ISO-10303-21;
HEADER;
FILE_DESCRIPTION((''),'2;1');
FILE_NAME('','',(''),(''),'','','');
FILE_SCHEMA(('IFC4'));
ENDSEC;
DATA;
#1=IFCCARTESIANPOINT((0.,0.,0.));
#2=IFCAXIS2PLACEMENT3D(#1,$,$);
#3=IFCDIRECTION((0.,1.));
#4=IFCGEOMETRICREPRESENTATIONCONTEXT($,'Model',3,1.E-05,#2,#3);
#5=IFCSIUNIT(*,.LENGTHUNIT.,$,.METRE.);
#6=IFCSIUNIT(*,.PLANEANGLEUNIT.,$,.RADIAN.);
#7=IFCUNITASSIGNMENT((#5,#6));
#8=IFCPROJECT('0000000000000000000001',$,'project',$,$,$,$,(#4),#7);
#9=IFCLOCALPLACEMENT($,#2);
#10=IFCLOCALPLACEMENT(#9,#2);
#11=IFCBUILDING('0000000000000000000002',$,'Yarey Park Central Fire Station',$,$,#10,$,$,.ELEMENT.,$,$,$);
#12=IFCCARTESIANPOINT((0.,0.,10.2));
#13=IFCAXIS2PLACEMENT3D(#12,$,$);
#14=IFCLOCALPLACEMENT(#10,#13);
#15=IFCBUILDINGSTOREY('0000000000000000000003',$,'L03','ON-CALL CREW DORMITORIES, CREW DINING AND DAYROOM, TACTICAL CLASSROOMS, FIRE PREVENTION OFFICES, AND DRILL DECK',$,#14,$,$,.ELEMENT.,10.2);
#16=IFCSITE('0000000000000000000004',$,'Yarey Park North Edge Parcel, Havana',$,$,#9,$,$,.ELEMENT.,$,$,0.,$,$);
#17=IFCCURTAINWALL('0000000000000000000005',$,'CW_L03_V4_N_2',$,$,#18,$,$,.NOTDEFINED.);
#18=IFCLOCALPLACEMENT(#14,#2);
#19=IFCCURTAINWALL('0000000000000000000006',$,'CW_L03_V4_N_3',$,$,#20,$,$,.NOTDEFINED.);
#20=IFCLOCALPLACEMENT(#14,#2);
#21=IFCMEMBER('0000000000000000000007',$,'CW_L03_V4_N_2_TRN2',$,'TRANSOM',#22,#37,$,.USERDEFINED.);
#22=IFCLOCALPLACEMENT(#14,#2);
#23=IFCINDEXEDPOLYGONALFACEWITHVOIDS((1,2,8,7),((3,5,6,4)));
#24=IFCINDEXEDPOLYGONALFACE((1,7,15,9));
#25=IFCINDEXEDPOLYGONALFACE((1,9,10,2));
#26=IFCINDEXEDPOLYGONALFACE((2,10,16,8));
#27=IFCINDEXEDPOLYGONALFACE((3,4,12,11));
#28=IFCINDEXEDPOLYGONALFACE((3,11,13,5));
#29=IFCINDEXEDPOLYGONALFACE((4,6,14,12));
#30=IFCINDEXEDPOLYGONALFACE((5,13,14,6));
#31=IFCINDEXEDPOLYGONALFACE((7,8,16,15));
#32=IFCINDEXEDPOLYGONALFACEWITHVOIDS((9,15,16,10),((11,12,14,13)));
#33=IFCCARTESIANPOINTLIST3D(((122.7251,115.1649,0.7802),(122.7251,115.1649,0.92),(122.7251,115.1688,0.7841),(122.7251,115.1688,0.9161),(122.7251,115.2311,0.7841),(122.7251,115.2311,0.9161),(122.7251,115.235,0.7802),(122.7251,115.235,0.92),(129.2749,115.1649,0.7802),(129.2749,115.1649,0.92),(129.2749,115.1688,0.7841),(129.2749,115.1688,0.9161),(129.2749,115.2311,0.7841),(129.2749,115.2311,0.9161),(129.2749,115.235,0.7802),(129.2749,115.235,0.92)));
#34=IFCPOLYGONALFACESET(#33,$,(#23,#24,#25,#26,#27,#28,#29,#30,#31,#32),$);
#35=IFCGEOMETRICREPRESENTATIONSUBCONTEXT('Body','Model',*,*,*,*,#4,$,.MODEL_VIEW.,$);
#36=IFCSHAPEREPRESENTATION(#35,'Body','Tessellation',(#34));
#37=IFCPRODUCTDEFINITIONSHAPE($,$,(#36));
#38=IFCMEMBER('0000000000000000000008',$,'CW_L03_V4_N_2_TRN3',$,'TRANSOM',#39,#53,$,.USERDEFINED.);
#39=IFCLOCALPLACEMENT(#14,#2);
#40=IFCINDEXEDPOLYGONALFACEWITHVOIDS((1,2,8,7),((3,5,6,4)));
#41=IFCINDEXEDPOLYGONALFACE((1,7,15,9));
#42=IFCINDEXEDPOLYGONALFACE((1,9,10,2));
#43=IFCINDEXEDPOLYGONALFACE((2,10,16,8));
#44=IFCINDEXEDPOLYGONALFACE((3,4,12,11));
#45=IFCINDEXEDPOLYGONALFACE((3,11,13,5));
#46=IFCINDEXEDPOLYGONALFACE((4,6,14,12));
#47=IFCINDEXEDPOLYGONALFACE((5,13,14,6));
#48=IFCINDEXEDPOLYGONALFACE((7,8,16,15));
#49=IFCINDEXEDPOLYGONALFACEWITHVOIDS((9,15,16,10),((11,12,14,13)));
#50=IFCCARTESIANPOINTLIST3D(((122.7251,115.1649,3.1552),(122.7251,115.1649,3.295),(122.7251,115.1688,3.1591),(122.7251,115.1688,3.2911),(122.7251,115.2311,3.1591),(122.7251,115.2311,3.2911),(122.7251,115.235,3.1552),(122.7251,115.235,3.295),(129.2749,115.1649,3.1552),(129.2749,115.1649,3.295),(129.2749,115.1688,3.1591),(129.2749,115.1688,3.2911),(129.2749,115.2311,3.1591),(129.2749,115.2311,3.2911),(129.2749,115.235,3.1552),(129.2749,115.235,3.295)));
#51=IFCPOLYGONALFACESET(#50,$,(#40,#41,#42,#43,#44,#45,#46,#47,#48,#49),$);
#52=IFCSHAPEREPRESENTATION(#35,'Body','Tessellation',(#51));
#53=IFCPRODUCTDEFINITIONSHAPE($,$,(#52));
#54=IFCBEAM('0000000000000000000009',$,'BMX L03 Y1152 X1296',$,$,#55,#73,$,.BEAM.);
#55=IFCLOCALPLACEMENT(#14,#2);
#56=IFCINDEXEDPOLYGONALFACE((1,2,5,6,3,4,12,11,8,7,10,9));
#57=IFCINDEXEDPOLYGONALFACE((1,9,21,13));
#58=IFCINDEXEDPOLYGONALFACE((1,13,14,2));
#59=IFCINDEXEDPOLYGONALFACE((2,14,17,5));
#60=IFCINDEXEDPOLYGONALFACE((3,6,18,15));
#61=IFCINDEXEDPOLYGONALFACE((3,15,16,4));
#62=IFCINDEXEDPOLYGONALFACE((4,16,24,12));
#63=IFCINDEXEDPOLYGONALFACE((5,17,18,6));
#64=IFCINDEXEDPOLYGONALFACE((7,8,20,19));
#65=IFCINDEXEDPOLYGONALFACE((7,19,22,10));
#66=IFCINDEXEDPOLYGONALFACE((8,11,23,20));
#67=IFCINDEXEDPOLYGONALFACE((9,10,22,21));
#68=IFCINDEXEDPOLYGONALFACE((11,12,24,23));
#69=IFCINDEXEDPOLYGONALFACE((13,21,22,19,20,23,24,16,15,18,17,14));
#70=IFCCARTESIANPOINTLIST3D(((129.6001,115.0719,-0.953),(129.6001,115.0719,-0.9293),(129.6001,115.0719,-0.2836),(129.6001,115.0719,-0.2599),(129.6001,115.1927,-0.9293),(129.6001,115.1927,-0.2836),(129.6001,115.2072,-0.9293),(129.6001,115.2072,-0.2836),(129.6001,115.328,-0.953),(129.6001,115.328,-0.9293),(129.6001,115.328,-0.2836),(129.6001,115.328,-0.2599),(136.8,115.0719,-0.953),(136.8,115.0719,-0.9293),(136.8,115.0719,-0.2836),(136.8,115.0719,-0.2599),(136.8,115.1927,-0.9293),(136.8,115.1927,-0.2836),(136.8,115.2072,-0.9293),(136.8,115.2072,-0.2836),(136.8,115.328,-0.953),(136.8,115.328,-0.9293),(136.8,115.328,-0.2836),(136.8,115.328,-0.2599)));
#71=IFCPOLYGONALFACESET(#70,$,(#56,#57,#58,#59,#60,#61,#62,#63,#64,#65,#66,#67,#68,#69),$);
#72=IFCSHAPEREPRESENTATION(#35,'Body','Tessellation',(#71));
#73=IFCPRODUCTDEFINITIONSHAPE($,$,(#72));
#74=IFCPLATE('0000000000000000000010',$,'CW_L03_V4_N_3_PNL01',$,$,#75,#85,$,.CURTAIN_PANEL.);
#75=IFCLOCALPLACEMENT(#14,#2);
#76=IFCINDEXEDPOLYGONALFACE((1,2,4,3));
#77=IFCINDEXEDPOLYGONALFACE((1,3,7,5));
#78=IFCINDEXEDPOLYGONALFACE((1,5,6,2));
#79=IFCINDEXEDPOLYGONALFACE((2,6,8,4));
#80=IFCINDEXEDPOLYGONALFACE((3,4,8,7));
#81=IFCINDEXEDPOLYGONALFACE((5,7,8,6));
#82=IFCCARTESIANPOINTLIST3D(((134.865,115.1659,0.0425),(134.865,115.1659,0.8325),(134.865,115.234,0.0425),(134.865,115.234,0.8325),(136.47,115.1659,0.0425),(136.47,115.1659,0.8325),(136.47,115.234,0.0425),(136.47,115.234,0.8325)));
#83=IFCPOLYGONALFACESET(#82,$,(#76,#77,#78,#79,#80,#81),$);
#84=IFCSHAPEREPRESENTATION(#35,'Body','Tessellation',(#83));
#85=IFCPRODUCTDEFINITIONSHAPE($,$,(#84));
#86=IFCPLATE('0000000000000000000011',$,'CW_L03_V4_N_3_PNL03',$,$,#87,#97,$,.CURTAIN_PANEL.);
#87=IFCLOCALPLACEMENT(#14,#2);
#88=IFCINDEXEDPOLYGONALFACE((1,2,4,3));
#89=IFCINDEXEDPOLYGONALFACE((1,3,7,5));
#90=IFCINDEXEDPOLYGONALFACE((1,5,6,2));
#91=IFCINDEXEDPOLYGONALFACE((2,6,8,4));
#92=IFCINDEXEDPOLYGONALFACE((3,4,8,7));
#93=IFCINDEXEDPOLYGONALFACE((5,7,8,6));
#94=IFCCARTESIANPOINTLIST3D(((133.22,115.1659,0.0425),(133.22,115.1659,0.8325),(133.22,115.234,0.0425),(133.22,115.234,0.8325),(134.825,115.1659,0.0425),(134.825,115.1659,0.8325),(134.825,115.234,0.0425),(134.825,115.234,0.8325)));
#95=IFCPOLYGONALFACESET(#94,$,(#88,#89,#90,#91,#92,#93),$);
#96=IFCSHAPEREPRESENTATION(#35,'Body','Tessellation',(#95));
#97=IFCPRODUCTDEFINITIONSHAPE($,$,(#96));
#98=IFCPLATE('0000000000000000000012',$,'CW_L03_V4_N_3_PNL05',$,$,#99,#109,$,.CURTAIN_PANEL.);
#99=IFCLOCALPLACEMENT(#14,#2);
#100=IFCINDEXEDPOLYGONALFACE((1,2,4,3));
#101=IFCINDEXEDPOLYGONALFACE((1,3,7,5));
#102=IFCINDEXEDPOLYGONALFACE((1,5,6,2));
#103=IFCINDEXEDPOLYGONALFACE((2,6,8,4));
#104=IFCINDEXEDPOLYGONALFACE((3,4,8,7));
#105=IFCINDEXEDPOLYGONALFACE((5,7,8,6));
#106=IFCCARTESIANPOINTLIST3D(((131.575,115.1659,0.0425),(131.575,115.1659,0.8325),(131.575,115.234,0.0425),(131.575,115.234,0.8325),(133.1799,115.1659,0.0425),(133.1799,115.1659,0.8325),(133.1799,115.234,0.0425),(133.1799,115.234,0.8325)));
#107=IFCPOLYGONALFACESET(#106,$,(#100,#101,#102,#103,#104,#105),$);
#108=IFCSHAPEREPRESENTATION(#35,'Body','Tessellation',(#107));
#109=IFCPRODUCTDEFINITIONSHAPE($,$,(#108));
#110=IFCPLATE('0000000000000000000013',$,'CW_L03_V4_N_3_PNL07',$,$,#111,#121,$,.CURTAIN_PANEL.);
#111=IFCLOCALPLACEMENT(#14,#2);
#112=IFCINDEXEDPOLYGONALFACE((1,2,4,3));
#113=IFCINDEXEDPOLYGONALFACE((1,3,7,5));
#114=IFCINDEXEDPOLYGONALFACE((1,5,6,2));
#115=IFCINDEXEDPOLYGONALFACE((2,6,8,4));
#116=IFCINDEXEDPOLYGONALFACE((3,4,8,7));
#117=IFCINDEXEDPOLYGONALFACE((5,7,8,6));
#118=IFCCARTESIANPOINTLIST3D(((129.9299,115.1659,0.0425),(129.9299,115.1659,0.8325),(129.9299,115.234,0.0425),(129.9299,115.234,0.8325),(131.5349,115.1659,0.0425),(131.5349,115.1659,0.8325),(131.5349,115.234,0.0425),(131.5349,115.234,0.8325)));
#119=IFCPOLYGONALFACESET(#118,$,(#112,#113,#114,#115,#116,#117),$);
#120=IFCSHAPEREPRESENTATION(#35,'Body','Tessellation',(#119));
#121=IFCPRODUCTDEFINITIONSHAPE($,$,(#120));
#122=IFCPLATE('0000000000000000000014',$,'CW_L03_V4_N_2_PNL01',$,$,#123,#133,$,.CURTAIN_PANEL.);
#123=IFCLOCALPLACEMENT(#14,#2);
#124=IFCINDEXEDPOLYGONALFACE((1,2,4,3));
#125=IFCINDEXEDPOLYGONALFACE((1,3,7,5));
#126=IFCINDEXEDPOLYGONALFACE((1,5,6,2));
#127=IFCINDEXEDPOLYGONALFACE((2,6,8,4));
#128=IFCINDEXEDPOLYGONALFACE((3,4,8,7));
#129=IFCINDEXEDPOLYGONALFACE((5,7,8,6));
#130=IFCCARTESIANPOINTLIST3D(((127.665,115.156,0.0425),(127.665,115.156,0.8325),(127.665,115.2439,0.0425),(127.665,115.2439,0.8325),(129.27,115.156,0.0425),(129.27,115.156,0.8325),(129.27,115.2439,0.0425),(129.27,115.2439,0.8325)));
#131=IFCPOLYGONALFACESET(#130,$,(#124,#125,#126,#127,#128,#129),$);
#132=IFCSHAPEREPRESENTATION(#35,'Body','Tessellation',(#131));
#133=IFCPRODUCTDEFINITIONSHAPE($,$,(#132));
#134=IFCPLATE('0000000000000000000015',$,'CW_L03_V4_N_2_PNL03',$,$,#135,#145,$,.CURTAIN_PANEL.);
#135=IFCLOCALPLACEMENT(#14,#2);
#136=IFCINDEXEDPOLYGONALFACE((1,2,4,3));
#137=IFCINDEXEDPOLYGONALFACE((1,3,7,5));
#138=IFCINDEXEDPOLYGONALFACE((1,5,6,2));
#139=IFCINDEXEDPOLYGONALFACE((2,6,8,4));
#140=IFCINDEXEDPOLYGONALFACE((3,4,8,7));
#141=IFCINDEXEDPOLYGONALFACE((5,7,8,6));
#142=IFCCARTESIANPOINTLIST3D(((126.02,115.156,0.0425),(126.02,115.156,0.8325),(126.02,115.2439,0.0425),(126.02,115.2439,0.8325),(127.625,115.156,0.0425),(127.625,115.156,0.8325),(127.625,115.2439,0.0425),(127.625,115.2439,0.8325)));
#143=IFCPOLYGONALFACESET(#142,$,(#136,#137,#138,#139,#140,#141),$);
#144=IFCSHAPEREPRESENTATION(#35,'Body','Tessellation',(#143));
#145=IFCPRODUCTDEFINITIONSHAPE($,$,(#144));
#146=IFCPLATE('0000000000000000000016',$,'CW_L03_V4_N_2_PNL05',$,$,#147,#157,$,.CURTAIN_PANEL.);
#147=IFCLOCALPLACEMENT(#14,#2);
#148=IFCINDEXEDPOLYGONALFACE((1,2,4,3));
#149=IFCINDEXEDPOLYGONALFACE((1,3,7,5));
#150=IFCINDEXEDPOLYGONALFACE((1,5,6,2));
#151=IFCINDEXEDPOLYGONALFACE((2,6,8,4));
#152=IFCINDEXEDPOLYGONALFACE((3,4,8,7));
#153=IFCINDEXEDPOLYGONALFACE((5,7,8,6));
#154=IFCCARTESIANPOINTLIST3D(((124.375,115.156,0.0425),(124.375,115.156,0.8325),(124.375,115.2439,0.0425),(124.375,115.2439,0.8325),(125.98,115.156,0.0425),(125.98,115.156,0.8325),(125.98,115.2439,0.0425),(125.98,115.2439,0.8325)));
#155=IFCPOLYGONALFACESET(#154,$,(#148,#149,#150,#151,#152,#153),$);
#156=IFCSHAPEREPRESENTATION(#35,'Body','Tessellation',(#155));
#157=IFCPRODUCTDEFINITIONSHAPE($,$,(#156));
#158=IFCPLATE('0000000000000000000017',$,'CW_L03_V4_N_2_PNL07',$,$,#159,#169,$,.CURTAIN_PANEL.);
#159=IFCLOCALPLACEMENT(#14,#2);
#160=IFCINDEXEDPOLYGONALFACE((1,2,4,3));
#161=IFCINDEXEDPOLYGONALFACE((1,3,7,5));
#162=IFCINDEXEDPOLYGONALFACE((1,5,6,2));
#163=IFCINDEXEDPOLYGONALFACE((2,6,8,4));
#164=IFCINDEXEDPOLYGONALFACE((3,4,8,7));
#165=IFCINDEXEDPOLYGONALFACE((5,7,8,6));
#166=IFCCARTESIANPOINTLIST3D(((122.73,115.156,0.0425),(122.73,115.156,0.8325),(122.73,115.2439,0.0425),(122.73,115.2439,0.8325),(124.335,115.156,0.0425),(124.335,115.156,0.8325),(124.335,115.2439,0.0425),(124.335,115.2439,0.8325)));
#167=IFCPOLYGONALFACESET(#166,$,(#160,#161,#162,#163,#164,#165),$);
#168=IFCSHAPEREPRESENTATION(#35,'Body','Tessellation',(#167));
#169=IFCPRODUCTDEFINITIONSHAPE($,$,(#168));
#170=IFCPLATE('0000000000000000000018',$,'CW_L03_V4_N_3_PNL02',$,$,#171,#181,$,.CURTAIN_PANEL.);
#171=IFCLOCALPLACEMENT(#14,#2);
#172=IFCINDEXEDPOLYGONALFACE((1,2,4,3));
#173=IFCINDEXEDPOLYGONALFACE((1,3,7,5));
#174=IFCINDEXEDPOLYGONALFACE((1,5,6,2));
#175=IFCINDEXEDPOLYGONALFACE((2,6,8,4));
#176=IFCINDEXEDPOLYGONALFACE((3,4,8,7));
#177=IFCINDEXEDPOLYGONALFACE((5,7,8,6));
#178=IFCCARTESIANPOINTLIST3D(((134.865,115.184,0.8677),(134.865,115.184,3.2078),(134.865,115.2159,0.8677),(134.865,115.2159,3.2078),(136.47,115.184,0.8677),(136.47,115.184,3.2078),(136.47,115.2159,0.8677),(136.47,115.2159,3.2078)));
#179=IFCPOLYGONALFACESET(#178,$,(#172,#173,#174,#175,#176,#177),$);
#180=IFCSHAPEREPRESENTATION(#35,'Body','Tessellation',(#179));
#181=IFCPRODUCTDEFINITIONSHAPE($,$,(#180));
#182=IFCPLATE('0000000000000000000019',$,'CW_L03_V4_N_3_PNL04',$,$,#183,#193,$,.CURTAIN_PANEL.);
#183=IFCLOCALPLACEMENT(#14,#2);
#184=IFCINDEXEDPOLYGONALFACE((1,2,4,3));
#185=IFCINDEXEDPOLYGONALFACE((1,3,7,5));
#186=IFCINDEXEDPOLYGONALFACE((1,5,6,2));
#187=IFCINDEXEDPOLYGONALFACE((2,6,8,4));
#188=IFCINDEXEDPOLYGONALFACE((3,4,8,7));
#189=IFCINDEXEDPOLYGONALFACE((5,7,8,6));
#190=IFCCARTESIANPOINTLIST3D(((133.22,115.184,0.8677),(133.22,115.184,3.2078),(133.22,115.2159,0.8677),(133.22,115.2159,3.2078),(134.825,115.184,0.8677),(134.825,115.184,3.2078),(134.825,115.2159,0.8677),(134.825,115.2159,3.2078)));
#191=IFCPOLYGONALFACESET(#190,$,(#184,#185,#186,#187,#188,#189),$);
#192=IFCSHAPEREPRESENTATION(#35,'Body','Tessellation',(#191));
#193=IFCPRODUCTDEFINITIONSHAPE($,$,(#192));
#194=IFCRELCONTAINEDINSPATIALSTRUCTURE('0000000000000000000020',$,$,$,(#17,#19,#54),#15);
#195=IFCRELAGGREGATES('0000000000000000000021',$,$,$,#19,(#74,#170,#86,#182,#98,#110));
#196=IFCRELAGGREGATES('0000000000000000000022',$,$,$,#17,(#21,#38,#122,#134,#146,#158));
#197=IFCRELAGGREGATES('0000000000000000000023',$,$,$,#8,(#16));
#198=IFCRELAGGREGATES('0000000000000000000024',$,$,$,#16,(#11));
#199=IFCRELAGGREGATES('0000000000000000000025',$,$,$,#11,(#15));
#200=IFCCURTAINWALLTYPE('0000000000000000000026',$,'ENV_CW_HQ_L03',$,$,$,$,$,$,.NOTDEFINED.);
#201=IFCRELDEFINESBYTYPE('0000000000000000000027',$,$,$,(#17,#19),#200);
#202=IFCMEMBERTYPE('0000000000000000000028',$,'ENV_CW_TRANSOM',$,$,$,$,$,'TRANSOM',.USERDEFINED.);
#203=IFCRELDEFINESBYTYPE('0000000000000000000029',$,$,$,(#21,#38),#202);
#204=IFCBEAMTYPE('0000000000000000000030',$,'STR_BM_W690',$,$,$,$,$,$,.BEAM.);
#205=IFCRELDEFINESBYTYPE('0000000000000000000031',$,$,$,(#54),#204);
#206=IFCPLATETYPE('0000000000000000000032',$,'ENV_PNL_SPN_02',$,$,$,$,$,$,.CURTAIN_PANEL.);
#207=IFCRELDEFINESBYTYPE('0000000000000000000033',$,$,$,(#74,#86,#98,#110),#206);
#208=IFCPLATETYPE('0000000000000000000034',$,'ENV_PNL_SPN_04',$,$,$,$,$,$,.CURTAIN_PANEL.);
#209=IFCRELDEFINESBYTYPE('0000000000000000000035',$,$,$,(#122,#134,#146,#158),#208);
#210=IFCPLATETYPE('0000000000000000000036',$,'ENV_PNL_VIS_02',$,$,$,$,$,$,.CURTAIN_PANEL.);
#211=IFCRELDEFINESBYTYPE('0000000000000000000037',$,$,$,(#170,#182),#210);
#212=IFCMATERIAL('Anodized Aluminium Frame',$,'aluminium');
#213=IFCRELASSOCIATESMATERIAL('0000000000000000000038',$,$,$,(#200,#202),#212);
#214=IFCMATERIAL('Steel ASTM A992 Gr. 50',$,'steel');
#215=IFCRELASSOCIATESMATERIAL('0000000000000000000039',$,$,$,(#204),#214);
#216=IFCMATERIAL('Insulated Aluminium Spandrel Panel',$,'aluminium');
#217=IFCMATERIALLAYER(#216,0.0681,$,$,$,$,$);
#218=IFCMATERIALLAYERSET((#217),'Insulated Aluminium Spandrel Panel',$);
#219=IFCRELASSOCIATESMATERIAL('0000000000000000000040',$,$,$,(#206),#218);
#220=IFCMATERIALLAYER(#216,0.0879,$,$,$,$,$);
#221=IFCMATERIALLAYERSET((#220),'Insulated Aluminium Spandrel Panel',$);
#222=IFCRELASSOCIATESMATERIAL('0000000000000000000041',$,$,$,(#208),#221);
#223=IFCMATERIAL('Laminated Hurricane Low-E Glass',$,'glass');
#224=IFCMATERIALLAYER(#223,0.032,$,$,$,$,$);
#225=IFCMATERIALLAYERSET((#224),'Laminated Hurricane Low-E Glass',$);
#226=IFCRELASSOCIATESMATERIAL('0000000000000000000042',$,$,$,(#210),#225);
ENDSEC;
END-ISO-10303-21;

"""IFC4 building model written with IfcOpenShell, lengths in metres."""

from ifc_helpers import new_model, si_unit, direction, frame, origin, origin_2d, place, context, subcontext, project, spatial, rectangle, hollow_rectangle, i_section, extrude, material, layer, layer_set, material_profile, profile_set, type_object, element, aggregate, save


model = new_model("IFC4")

# Units and contexts
model_context = context("Model", 3, precision=1e-05, world=origin(), true_north=direction((0.0, 1.0)))
body_context = subcontext(model_context, "Body", "Model", "MODEL_VIEW")
ifc_project = project(units=[si_unit("LENGTHUNIT", "METRE"), si_unit("PLANEANGLEUNIT", "RADIAN")], contexts=[model_context])

# Site, building, storey
site_placement = place(None, origin())
site = spatial("IfcSite", under=ifc_project, at=site_placement, Name="Yarey Park North Edge Parcel, Havana", CompositionType="ELEMENT", RefElevation=0.0)
building_placement = place(site_placement, origin())
building = spatial("IfcBuilding", under=site, at=building_placement, Name="Yarey Park Central Fire Station", CompositionType="ELEMENT")
storey_placement = place(building_placement, frame((0.0, 0.0, 10.2)))
storey = spatial("IfcBuildingStorey", under=building, at=storey_placement, Name="L03", Description="ON-CALL CREW DORMITORIES, CREW DINING AND DAYROOM, TACTICAL CLASSROOMS, FIRE PREVENTION OFFICES, AND DRILL DECK", CompositionType="ELEMENT", Elevation=10.2)

# Curtain walls
ifc_material_1 = material(Name="Anodized Aluminium Frame", Category="aluminium")
curtain_wall_type = type_object("IfcCurtainWallType", Name="ENV_CW_HQ_L03", PredefinedType="NOTDEFINED", material=ifc_material_1)
curtain_wall_1_placement = place(storey_placement, origin())
curtain_wall_1 = element("IfcCurtainWall", 1, at=curtain_wall_1_placement, inside=storey, type_object=curtain_wall_type, Name="CW_L03_V4_N_2", PredefinedType="NOTDEFINED")
curtain_wall_2_placement = place(storey_placement, origin())
curtain_wall_2 = element("IfcCurtainWall", 2, at=curtain_wall_2_placement, inside=storey, type_object=curtain_wall_type, Name="CW_L03_V4_N_3", PredefinedType="NOTDEFINED")

# Members
ifc_material_profile_1 = material_profile(ifc_material_1, hollow_rectangle(XDim=0.0701, YDim=0.1399, WallThickness=0.0039, at=origin_2d()), Name="ALU 140x70x4")
ifc_profile_set_1 = profile_set([ifc_material_profile_1], Name="Anodized Aluminium Frame")
member_type_1 = type_object("IfcMemberType", Name="ENV_CW_TRANSOM", ElementType="TRANSOM", PredefinedType="USERDEFINED", material=ifc_profile_set_1)
member_1_placement = place(storey_placement, frame((129.2749, 115.2, 0.8501), z_axis=(-1.0, 0.0, 0.0), x_axis=(0.0, -1.0, 0.0)))
member_1 = element("IfcMember", 3, at=member_1_placement, type_object=member_type_1, Name="CW_L03_V4_N_2_TRN2", ObjectType="TRANSOM", PredefinedType="USERDEFINED", context=body_context, shape_type="SweptSolid", body=[
    extrude(hollow_rectangle(XDim=0.0701, YDim=0.1399, WallThickness=0.0039, at=origin_2d()), origin(), (0.0, 0.0, 1.0), 6.5498),
])
member_2_placement = place(storey_placement, frame((129.2749, 115.2, 3.2251), z_axis=(-1.0, 0.0, 0.0), x_axis=(0.0, -1.0, 0.0)))
member_2 = element("IfcMember", 4, at=member_2_placement, type_object=member_type_1, Name="CW_L03_V4_N_2_TRN3", ObjectType="TRANSOM", PredefinedType="USERDEFINED", context=body_context, shape_type="SweptSolid", body=[
    extrude(hollow_rectangle(XDim=0.0701, YDim=0.1399, WallThickness=0.0039, at=origin_2d()), origin(), (0.0, 0.0, 1.0), 6.5498),
])

# Beam
ifc_material_2 = material(Name="Steel ASTM A992 Gr. 50", Category="steel")
ifc_material_profile_2 = material_profile(ifc_material_2, i_section(OverallWidth=0.2561, OverallDepth=0.6931, WebThickness=0.0144, FlangeThickness=0.0237, at=origin_2d()), Name="W690x170")
ifc_profile_set_2 = profile_set([ifc_material_profile_2], Name="Steel ASTM A992 Gr. 50")
beam_type = type_object("IfcBeamType", Name="STR_BM_W690", PredefinedType="BEAM", material=ifc_profile_set_2)
beam_placement = place(storey_placement, frame((129.6001, 115.2, -0.6064), z_axis=(1.0, 0.0, 0.0), x_axis=(0.0, 1.0, 0.0)))
element("IfcBeam", 5, at=beam_placement, inside=storey, type_object=beam_type, Name="BMX L03 Y1152 X1296", PredefinedType="BEAM", context=body_context, shape_type="SweptSolid", body=[
    extrude(i_section(OverallWidth=0.2561, OverallDepth=0.6931, WebThickness=0.0144, FlangeThickness=0.0237, at=origin_2d()), origin(), (0.0, 0.0, 1.0), 7.2),
])

# Plates
ifc_material_3 = material(Name="Insulated Aluminium Spandrel Panel", Category="aluminium")
ifc_layer_1 = layer(ifc_material_3, 0.0681)
ifc_layer_set_1 = layer_set([ifc_layer_1], Name="Insulated Aluminium Spandrel Panel")
plate_type_1 = type_object("IfcPlateType", Name="ENV_PNL_SPN_02", PredefinedType="CURTAIN_PANEL", material=ifc_layer_set_1)
plate_1_placement = place(storey_placement, frame((135.6675, 115.2, 0.0425), z_axis=(0.0, 0.0, 1.0), x_axis=(-1.0, 0.0, 0.0)))
plate_1 = element("IfcPlate", 6, at=plate_1_placement, type_object=plate_type_1, Name="CW_L03_V4_N_3_PNL01", PredefinedType="CURTAIN_PANEL", context=body_context, shape_type="SweptSolid", body=[
    extrude(rectangle(XDim=1.605, YDim=0.0681, at=origin_2d()), origin(), (0.0, 0.0, 1.0), 0.79),
])
plate_2_placement = place(storey_placement, frame((134.0225, 115.2, 0.0425), z_axis=(0.0, 0.0, 1.0), x_axis=(-1.0, 0.0, 0.0)))
plate_2 = element("IfcPlate", 7, at=plate_2_placement, type_object=plate_type_1, Name="CW_L03_V4_N_3_PNL03", PredefinedType="CURTAIN_PANEL", context=body_context, shape_type="SweptSolid", body=[
    extrude(rectangle(XDim=1.605, YDim=0.0681, at=origin_2d()), origin(), (0.0, 0.0, 1.0), 0.79),
])
plate_3_placement = place(storey_placement, frame((132.3774, 115.2, 0.0425), z_axis=(0.0, 0.0, 1.0), x_axis=(-1.0, 0.0, 0.0)))
plate_3 = element("IfcPlate", 8, at=plate_3_placement, type_object=plate_type_1, Name="CW_L03_V4_N_3_PNL05", PredefinedType="CURTAIN_PANEL", context=body_context, shape_type="SweptSolid", body=[
    extrude(rectangle(XDim=1.605, YDim=0.0681, at=origin_2d()), origin(), (0.0, 0.0, 1.0), 0.79),
])
plate_4_placement = place(storey_placement, frame((130.7324, 115.2, 0.0425), z_axis=(0.0, 0.0, 1.0), x_axis=(-1.0, 0.0, 0.0)))
plate_4 = element("IfcPlate", 9, at=plate_4_placement, type_object=plate_type_1, Name="CW_L03_V4_N_3_PNL07", PredefinedType="CURTAIN_PANEL", context=body_context, shape_type="SweptSolid", body=[
    extrude(rectangle(XDim=1.605, YDim=0.0681, at=origin_2d()), origin(), (0.0, 0.0, 1.0), 0.79),
])
ifc_layer_2 = layer(ifc_material_3, 0.0879)
ifc_layer_set_2 = layer_set([ifc_layer_2], Name="Insulated Aluminium Spandrel Panel")
plate_type_2 = type_object("IfcPlateType", Name="ENV_PNL_SPN_04", PredefinedType="CURTAIN_PANEL", material=ifc_layer_set_2)
plate_5_placement = place(storey_placement, frame((128.4675, 115.2, 0.0425), z_axis=(0.0, 0.0, 1.0), x_axis=(-1.0, 0.0, 0.0)))
plate_5 = element("IfcPlate", 10, at=plate_5_placement, type_object=plate_type_2, Name="CW_L03_V4_N_2_PNL01", PredefinedType="CURTAIN_PANEL", context=body_context, shape_type="SweptSolid", body=[
    extrude(rectangle(XDim=1.605, YDim=0.0879, at=origin_2d()), origin(), (0.0, 0.0, 1.0), 0.79),
])
plate_6_placement = place(storey_placement, frame((126.8225, 115.2, 0.0425), z_axis=(0.0, 0.0, 1.0), x_axis=(-1.0, 0.0, 0.0)))
plate_6 = element("IfcPlate", 11, at=plate_6_placement, type_object=plate_type_2, Name="CW_L03_V4_N_2_PNL03", PredefinedType="CURTAIN_PANEL", context=body_context, shape_type="SweptSolid", body=[
    extrude(rectangle(XDim=1.605, YDim=0.0879, at=origin_2d()), origin(), (0.0, 0.0, 1.0), 0.79),
])
plate_7_placement = place(storey_placement, frame((125.1775, 115.2, 0.0425), z_axis=(0.0, 0.0, 1.0), x_axis=(-1.0, 0.0, 0.0)))
plate_7 = element("IfcPlate", 12, at=plate_7_placement, type_object=plate_type_2, Name="CW_L03_V4_N_2_PNL05", PredefinedType="CURTAIN_PANEL", context=body_context, shape_type="SweptSolid", body=[
    extrude(rectangle(XDim=1.605, YDim=0.0879, at=origin_2d()), origin(), (0.0, 0.0, 1.0), 0.79),
])
plate_8_placement = place(storey_placement, frame((123.5325, 115.2, 0.0425), z_axis=(0.0, 0.0, 1.0), x_axis=(-1.0, 0.0, 0.0)))
plate_8 = element("IfcPlate", 13, at=plate_8_placement, type_object=plate_type_2, Name="CW_L03_V4_N_2_PNL07", PredefinedType="CURTAIN_PANEL", context=body_context, shape_type="SweptSolid", body=[
    extrude(rectangle(XDim=1.605, YDim=0.0879, at=origin_2d()), origin(), (0.0, 0.0, 1.0), 0.79),
])
ifc_material_4 = material(Name="Laminated Hurricane Low-E Glass", Category="glass")
ifc_layer_3 = layer(ifc_material_4, 0.032)
ifc_layer_set_3 = layer_set([ifc_layer_3], Name="Laminated Hurricane Low-E Glass")
plate_type_3 = type_object("IfcPlateType", Name="ENV_PNL_VIS_02", PredefinedType="CURTAIN_PANEL", material=ifc_layer_set_3)
plate_9_placement = place(storey_placement, frame((135.6675, 115.2, 0.8677), z_axis=(0.0, 0.0, 1.0), x_axis=(-1.0, 0.0, 0.0)))
plate_9 = element("IfcPlate", 14, at=plate_9_placement, type_object=plate_type_3, Name="CW_L03_V4_N_3_PNL02", PredefinedType="CURTAIN_PANEL", context=body_context, shape_type="SweptSolid", body=[
    extrude(rectangle(XDim=1.605, YDim=0.032, at=origin_2d()), origin(), (0.0, 0.0, 1.0), 2.3401),
])
plate_10_placement = place(storey_placement, frame((134.0225, 115.2, 0.8677), z_axis=(0.0, 0.0, 1.0), x_axis=(-1.0, 0.0, 0.0)))
plate_10 = element("IfcPlate", 15, at=plate_10_placement, type_object=plate_type_3, Name="CW_L03_V4_N_3_PNL04", PredefinedType="CURTAIN_PANEL", context=body_context, shape_type="SweptSolid", body=[
    extrude(rectangle(XDim=1.605, YDim=0.032, at=origin_2d()), origin(), (0.0, 0.0, 1.0), 2.3401),
])
aggregate(curtain_wall_2, [plate_1, plate_9, plate_2, plate_10, plate_3, plate_4])
aggregate(curtain_wall_1, [member_1, member_2, plate_5, plate_6, plate_7, plate_8])

save(model, "model.ifc")
